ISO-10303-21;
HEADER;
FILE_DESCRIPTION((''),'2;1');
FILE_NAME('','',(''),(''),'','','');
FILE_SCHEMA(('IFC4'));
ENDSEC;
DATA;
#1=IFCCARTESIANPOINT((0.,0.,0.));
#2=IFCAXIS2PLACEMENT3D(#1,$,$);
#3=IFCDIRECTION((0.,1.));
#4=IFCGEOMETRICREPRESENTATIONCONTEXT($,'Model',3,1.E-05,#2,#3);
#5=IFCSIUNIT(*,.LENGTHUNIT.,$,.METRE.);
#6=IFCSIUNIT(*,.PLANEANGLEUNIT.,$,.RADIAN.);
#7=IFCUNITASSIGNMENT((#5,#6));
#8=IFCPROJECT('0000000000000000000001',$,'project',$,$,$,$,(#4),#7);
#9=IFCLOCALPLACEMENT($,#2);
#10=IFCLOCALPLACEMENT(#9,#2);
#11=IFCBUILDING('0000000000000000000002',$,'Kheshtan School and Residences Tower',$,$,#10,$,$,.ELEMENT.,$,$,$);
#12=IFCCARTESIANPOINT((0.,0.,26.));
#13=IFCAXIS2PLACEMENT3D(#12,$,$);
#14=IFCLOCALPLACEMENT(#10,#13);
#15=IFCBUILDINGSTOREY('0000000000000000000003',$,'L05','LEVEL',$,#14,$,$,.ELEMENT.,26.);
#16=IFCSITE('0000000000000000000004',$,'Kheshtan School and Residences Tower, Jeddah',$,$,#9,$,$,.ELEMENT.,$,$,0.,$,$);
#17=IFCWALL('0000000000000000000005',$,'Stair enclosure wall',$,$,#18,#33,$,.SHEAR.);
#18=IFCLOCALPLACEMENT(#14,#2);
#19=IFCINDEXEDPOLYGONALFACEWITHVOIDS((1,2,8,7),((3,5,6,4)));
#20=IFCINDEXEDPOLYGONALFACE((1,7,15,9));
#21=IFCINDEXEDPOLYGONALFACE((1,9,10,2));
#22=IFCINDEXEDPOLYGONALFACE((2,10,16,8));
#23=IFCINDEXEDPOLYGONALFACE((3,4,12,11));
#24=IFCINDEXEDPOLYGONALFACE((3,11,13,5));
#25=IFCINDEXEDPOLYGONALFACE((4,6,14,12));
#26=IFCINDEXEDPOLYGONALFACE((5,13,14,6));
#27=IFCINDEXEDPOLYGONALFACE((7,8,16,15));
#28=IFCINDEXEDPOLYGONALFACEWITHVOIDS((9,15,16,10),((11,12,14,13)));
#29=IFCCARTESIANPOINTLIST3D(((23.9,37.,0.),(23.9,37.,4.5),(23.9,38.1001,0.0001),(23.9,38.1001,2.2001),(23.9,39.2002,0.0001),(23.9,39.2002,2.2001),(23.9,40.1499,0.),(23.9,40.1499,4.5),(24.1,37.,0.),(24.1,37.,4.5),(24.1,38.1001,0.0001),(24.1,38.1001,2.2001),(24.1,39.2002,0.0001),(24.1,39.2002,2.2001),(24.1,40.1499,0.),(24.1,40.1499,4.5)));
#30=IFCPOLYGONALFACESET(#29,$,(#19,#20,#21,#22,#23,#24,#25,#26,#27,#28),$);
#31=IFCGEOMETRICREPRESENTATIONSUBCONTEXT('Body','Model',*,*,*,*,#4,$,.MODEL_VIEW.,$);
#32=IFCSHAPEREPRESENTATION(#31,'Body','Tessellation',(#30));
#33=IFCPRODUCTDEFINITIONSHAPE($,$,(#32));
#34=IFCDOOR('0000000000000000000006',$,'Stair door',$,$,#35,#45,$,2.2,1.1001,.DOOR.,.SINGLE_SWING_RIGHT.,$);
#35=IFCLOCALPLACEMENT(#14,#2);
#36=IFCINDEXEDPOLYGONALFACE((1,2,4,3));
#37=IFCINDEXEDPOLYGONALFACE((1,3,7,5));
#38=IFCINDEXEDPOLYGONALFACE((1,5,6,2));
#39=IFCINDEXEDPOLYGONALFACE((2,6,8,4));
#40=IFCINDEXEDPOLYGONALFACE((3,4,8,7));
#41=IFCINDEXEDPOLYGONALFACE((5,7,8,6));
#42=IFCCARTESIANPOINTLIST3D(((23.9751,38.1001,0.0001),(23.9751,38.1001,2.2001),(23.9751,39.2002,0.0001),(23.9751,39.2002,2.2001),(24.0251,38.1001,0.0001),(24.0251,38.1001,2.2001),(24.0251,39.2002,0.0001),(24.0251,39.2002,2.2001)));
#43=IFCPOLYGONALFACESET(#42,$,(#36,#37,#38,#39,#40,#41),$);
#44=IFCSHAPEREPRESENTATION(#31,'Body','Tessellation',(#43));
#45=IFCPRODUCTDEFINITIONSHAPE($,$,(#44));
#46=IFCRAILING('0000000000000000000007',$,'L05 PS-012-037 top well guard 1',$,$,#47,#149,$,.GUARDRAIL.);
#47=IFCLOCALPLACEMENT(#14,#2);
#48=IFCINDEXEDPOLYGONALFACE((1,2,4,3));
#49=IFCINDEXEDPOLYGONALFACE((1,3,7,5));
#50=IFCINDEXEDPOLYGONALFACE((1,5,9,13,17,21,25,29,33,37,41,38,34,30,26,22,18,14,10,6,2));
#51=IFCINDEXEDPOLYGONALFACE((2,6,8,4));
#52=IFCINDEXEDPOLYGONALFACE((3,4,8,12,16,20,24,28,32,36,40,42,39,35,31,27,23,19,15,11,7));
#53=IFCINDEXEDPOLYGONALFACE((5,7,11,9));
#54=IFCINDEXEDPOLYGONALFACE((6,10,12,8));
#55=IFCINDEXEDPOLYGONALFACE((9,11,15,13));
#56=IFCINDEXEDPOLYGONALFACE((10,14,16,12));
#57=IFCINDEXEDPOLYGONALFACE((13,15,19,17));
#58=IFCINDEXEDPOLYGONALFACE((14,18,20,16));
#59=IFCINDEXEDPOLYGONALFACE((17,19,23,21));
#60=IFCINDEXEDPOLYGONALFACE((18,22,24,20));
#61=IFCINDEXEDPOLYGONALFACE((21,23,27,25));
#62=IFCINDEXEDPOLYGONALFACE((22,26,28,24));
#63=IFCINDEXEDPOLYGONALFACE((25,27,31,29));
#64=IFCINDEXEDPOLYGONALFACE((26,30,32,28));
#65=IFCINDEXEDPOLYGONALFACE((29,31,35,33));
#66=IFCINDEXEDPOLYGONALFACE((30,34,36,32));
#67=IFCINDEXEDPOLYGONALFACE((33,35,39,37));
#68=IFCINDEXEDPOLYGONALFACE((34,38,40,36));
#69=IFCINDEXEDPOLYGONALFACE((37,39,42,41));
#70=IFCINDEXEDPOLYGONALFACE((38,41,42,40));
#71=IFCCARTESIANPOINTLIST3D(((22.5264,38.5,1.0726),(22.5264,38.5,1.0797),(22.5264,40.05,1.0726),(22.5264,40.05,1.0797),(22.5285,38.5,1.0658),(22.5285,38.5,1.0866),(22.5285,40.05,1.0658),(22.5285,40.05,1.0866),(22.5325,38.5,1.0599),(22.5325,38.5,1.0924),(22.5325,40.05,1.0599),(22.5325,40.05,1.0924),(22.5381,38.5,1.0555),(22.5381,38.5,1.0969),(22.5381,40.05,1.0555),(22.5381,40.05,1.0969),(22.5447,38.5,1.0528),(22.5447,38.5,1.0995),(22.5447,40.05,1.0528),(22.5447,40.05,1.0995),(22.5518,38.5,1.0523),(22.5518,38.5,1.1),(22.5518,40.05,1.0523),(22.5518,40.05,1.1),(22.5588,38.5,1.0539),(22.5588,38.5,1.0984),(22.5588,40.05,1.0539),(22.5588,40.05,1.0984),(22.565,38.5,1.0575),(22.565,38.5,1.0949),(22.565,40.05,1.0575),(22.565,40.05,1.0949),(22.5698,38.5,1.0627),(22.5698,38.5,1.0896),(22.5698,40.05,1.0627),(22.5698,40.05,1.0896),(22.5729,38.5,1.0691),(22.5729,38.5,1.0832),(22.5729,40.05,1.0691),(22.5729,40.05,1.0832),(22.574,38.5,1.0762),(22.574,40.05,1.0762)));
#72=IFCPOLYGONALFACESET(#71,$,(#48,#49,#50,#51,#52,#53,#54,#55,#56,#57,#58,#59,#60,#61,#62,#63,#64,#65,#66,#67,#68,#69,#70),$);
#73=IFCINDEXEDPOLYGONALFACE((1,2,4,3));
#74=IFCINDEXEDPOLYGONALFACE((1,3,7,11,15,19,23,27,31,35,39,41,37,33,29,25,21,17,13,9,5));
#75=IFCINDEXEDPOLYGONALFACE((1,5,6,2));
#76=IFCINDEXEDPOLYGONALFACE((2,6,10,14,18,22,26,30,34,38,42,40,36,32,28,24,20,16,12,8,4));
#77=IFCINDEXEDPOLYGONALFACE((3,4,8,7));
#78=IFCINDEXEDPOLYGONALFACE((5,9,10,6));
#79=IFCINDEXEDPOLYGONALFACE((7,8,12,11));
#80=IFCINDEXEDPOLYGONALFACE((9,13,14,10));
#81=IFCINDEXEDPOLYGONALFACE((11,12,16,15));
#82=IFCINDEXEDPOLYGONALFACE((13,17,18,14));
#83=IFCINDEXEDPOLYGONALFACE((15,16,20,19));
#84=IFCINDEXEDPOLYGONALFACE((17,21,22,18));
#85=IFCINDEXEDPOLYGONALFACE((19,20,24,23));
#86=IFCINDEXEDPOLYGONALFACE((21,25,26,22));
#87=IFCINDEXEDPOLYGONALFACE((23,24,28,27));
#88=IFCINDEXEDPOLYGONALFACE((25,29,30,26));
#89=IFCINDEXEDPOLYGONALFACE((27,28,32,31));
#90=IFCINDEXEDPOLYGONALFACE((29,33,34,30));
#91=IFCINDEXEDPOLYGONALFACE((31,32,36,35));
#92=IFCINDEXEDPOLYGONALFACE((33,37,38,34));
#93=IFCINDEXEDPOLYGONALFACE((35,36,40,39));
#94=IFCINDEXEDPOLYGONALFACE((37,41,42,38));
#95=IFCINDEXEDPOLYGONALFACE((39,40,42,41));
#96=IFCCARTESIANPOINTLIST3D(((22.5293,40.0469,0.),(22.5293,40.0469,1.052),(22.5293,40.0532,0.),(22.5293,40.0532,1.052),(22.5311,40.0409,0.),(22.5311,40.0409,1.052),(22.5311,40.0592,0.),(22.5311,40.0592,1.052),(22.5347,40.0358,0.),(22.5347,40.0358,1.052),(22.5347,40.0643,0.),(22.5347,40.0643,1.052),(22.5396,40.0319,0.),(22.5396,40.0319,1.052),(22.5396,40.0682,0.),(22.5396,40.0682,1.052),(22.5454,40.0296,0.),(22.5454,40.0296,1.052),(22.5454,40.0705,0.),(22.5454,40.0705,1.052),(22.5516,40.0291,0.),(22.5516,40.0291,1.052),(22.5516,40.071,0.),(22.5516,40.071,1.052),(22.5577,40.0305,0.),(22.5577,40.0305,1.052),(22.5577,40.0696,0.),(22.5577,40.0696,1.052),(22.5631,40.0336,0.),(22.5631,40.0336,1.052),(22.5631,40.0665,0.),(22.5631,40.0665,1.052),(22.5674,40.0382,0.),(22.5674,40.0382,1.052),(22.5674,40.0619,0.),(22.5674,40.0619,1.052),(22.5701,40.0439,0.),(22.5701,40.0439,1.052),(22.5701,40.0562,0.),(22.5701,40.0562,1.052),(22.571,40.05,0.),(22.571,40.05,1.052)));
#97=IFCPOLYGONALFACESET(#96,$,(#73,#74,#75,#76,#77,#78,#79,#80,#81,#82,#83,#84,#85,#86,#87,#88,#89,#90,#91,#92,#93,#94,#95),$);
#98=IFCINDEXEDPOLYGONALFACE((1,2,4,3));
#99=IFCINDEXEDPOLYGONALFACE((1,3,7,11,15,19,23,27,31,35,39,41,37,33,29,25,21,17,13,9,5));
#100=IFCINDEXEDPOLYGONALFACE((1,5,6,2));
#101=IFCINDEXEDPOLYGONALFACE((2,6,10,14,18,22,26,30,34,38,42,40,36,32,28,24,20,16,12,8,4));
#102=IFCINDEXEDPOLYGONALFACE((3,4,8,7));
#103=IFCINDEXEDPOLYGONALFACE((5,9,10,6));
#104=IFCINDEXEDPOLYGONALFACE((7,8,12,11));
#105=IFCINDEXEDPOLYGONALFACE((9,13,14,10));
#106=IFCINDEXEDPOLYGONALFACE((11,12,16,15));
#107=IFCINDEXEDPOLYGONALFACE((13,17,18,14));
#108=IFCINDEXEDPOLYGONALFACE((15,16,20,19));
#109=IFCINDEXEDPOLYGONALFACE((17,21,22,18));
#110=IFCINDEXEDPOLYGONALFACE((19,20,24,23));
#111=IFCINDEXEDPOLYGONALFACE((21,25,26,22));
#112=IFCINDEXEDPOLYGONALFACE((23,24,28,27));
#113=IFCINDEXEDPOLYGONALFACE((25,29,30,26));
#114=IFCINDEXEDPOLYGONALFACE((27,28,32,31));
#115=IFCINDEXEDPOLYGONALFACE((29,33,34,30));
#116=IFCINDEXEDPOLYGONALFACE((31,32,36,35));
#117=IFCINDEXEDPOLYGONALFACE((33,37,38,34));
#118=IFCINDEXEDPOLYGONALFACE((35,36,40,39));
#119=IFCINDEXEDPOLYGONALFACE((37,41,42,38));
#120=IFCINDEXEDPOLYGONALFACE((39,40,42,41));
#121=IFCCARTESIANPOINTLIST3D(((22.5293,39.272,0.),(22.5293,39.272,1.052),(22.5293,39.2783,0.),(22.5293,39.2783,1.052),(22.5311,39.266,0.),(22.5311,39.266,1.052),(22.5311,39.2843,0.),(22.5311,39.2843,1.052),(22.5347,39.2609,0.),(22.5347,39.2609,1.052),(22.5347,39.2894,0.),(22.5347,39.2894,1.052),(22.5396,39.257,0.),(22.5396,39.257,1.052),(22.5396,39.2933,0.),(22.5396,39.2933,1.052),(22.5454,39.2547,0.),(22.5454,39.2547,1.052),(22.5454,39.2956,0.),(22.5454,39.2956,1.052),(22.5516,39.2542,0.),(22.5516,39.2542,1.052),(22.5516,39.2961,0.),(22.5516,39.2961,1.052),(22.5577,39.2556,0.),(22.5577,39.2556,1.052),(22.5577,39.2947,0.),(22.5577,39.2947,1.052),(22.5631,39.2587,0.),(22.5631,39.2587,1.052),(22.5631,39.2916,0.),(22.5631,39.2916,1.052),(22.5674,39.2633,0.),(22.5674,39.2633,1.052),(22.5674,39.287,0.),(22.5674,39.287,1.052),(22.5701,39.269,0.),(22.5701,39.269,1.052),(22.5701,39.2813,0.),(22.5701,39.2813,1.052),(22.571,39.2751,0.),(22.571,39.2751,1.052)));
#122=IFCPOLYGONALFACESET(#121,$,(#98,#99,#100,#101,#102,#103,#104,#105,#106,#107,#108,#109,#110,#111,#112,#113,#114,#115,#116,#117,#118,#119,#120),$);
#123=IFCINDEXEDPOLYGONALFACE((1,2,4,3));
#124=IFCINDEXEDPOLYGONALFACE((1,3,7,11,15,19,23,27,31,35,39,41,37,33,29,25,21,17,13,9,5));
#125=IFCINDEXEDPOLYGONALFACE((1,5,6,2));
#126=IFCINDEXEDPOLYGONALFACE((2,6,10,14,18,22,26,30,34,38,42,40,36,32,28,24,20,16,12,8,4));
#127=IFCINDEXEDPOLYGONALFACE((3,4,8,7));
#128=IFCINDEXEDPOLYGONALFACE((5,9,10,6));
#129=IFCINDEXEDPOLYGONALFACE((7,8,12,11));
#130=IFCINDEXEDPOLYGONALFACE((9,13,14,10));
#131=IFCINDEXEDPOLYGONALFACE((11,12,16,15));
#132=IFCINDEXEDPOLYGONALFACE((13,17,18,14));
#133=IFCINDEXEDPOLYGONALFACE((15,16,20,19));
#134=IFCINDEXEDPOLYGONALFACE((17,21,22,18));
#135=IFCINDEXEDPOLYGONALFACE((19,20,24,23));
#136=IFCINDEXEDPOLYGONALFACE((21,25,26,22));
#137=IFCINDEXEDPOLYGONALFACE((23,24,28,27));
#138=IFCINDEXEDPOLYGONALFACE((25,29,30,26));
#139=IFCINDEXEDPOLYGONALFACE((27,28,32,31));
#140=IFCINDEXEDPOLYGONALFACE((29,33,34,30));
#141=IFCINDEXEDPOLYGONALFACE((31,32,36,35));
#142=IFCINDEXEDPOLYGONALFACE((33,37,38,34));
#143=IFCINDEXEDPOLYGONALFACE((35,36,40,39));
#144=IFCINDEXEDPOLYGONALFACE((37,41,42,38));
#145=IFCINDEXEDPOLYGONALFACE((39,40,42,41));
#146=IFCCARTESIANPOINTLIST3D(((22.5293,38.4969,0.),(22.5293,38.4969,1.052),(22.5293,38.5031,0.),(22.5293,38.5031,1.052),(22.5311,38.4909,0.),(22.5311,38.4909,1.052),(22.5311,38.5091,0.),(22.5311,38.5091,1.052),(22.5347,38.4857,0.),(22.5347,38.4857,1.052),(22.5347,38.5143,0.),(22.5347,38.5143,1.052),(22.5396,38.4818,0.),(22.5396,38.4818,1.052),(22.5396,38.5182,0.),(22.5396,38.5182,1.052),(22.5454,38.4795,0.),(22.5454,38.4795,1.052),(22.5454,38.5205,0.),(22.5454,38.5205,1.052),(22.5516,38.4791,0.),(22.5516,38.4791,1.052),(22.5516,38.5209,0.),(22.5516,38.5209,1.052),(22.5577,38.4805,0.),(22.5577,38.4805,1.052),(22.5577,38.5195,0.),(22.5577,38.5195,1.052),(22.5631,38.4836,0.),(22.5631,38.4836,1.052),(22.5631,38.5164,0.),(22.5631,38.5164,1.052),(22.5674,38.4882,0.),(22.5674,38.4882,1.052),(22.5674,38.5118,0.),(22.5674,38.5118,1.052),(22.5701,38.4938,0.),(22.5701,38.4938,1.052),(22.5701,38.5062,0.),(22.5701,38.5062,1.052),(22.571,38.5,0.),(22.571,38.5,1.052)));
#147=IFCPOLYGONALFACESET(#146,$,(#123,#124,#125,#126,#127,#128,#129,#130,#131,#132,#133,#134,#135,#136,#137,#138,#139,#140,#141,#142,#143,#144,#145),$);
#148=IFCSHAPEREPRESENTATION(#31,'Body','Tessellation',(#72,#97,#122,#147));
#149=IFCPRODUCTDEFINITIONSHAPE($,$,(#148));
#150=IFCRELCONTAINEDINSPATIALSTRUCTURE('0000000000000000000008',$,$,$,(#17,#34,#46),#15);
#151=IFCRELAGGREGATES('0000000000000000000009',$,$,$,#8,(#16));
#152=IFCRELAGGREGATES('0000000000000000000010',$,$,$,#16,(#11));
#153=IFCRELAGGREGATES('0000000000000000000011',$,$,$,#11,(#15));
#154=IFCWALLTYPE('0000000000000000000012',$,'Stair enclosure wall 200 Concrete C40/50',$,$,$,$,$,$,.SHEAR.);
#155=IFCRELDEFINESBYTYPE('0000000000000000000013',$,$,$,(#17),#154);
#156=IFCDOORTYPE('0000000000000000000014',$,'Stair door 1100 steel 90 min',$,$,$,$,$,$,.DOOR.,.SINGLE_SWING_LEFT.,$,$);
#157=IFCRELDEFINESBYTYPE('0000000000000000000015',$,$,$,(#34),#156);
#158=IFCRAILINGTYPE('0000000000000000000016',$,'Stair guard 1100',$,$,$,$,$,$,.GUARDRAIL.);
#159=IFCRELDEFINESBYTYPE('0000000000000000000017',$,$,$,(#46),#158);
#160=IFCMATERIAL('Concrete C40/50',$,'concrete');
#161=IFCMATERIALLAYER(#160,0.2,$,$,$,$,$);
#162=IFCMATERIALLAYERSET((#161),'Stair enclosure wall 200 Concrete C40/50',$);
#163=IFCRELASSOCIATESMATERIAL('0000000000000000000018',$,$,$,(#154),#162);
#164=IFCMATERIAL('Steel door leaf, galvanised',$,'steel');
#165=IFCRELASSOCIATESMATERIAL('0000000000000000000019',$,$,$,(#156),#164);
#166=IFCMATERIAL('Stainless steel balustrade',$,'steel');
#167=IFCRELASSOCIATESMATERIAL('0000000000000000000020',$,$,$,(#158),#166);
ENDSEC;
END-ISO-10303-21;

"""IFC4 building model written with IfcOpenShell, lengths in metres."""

from ifc_helpers import new_model, si_unit, direction, frame, frame_2d, origin, origin_2d, place, context, subcontext, project, spatial, rectangle, circle, extrude, source, transform, mapped, material, layer, layer_set, type_object, element, fill, save


model = new_model("IFC4")

# Units and contexts
model_context = context("Model", 3, precision=1e-05, world=origin(), true_north=direction((0.0, 1.0)))
body_context = subcontext(model_context, "Body", "Model", "MODEL_VIEW")
ifc_project = project(units=[si_unit("LENGTHUNIT", "METRE"), si_unit("PLANEANGLEUNIT", "RADIAN")], contexts=[model_context])

# Site, building, storey
site_placement = place(None, origin())
site = spatial("IfcSite", under=ifc_project, at=site_placement, Name="Kheshtan School and Residences Tower, Jeddah", CompositionType="ELEMENT", RefElevation=0.0)
building_placement = place(site_placement, origin())
building = spatial("IfcBuilding", under=site, at=building_placement, Name="Kheshtan School and Residences Tower", CompositionType="ELEMENT")
storey_placement = place(building_placement, frame((0.0, 0.0, 26.0)))
storey = spatial("IfcBuildingStorey", under=building, at=storey_placement, Name="L05", Description="LEVEL", CompositionType="ELEMENT", Elevation=26.0)

# Shared definitions
ifc_material_1 = material(Name="Concrete C40/50", Category="concrete")
ifc_layer_1 = layer(ifc_material_1, 0.2)
ifc_layer_set_1 = layer_set([ifc_layer_1], Name="Stair enclosure wall 200 Concrete C40/50")
wall_type_1 = type_object("IfcWallType", Name="Stair enclosure wall 200 Concrete C40/50", PredefinedType="SHEAR", material=ifc_layer_set_1)

# Wall, opening, door
wall_1_placement = place(storey_placement, frame((24.0, 37.0, 0.0), z_axis=(0.0, 0.0, 1.0), x_axis=(0.0, 1.0, 0.0)))
wall_1 = element("IfcWall", 1, at=wall_1_placement, inside=storey, type_object=wall_type_1, Name="Stair enclosure wall", PredefinedType="SHEAR", context=body_context, shape_type="SweptSolid", body=[
    extrude(rectangle(XDim=3.1499, YDim=0.2, at=frame_2d((1.575, 0.0))), origin(), (0.0, 0.0, 1.0), 4.5),
])
opening_1_placement = place(wall_1_placement, frame((1.1001, 0.0, 0.0)))
opening_1 = element("IfcOpeningElement", 2, at=opening_1_placement, cuts=wall_1, PredefinedType="OPENING", context=body_context, shape_type="SweptSolid", body=[
    extrude(rectangle(XDim=1.1001, YDim=2.2, at=frame_2d((0.55, 1.1001))), frame((0.0, 0.1099, 0.0), z_axis=(0.0, -1.0, 0.0), x_axis=(1.0, 0.0, 0.0)), (0.0, 0.0, 1.0), 0.22),
])
ifc_material_2 = material(Name="Steel door leaf, galvanised", Category="steel")
door_type_1 = type_object("IfcDoorType", Name="Stair door 1100 steel 90 min", OperationType="SINGLE_SWING_LEFT", PredefinedType="DOOR", material=ifc_material_2)
shared_shape_1 = source(origin(), body_context, "Body", "SweptSolid", [
    extrude(rectangle(XDim=1.1001, YDim=2.2, at=frame_2d((0.55, 1.1001))), frame((0.0, 0.0249, 0.0), z_axis=(0.0, -1.0, 0.0), x_axis=(1.0, 0.0, 0.0)), (0.0, 0.0, 1.0), 0.05),
])
door_1_placement = place(opening_1_placement, origin())
door_1 = element("IfcDoor", 3, at=door_1_placement, inside=storey, type_object=door_type_1, Name="Stair door", OperationType="SINGLE_SWING_RIGHT", OverallHeight=2.2, OverallWidth=1.1001, PredefinedType="DOOR", context=body_context, shape_type="MappedRepresentation", body=[
    mapped(shared_shape_1, transform((0.0, 0.0, 0.0), x_axis=(1.0, 0.0, 0.0), y_axis=(0.0, 1.0, 0.0), z_axis=(0.0, 0.0, 1.0), scale=1.0)),
])
fill(opening_1, door_1)

# Railing
ifc_material_3 = material(Name="Stainless steel balustrade", Category="steel")
railing_type = type_object("IfcRailingType", Name="Stair guard 1100", PredefinedType="GUARDRAIL", material=ifc_material_3)
railing_placement = place(storey_placement, frame((22.55, 40.05, 0.0)))
element("IfcRailing", 4, at=railing_placement, inside=storey, type_object=railing_type, Name="L05 PS-012-037 top well guard 1", PredefinedType="GUARDRAIL", context=body_context, shape_type="SweptSolid", body=[
    extrude(circle(Radius=0.0239, at=origin_2d()), frame((0.0, 0.0, 1.0762), z_axis=(0.0, -1.0, 0.0), x_axis=(1.0, 0.0, 0.0)), (0.0, 0.0, 1.0), 1.55),
    extrude(circle(Radius=0.021, at=origin_2d()), origin(), (0.0, 0.0, 1.0), 1.052),
    extrude(circle(Radius=0.021, at=origin_2d()), frame((0.0, -0.7749, 0.0)), (0.0, 0.0, 1.0), 1.052),
    extrude(circle(Radius=0.021, at=origin_2d()), frame((0.0, -1.55, 0.0)), (0.0, 0.0, 1.0), 1.052),
])

save(model, "model.ifc")
